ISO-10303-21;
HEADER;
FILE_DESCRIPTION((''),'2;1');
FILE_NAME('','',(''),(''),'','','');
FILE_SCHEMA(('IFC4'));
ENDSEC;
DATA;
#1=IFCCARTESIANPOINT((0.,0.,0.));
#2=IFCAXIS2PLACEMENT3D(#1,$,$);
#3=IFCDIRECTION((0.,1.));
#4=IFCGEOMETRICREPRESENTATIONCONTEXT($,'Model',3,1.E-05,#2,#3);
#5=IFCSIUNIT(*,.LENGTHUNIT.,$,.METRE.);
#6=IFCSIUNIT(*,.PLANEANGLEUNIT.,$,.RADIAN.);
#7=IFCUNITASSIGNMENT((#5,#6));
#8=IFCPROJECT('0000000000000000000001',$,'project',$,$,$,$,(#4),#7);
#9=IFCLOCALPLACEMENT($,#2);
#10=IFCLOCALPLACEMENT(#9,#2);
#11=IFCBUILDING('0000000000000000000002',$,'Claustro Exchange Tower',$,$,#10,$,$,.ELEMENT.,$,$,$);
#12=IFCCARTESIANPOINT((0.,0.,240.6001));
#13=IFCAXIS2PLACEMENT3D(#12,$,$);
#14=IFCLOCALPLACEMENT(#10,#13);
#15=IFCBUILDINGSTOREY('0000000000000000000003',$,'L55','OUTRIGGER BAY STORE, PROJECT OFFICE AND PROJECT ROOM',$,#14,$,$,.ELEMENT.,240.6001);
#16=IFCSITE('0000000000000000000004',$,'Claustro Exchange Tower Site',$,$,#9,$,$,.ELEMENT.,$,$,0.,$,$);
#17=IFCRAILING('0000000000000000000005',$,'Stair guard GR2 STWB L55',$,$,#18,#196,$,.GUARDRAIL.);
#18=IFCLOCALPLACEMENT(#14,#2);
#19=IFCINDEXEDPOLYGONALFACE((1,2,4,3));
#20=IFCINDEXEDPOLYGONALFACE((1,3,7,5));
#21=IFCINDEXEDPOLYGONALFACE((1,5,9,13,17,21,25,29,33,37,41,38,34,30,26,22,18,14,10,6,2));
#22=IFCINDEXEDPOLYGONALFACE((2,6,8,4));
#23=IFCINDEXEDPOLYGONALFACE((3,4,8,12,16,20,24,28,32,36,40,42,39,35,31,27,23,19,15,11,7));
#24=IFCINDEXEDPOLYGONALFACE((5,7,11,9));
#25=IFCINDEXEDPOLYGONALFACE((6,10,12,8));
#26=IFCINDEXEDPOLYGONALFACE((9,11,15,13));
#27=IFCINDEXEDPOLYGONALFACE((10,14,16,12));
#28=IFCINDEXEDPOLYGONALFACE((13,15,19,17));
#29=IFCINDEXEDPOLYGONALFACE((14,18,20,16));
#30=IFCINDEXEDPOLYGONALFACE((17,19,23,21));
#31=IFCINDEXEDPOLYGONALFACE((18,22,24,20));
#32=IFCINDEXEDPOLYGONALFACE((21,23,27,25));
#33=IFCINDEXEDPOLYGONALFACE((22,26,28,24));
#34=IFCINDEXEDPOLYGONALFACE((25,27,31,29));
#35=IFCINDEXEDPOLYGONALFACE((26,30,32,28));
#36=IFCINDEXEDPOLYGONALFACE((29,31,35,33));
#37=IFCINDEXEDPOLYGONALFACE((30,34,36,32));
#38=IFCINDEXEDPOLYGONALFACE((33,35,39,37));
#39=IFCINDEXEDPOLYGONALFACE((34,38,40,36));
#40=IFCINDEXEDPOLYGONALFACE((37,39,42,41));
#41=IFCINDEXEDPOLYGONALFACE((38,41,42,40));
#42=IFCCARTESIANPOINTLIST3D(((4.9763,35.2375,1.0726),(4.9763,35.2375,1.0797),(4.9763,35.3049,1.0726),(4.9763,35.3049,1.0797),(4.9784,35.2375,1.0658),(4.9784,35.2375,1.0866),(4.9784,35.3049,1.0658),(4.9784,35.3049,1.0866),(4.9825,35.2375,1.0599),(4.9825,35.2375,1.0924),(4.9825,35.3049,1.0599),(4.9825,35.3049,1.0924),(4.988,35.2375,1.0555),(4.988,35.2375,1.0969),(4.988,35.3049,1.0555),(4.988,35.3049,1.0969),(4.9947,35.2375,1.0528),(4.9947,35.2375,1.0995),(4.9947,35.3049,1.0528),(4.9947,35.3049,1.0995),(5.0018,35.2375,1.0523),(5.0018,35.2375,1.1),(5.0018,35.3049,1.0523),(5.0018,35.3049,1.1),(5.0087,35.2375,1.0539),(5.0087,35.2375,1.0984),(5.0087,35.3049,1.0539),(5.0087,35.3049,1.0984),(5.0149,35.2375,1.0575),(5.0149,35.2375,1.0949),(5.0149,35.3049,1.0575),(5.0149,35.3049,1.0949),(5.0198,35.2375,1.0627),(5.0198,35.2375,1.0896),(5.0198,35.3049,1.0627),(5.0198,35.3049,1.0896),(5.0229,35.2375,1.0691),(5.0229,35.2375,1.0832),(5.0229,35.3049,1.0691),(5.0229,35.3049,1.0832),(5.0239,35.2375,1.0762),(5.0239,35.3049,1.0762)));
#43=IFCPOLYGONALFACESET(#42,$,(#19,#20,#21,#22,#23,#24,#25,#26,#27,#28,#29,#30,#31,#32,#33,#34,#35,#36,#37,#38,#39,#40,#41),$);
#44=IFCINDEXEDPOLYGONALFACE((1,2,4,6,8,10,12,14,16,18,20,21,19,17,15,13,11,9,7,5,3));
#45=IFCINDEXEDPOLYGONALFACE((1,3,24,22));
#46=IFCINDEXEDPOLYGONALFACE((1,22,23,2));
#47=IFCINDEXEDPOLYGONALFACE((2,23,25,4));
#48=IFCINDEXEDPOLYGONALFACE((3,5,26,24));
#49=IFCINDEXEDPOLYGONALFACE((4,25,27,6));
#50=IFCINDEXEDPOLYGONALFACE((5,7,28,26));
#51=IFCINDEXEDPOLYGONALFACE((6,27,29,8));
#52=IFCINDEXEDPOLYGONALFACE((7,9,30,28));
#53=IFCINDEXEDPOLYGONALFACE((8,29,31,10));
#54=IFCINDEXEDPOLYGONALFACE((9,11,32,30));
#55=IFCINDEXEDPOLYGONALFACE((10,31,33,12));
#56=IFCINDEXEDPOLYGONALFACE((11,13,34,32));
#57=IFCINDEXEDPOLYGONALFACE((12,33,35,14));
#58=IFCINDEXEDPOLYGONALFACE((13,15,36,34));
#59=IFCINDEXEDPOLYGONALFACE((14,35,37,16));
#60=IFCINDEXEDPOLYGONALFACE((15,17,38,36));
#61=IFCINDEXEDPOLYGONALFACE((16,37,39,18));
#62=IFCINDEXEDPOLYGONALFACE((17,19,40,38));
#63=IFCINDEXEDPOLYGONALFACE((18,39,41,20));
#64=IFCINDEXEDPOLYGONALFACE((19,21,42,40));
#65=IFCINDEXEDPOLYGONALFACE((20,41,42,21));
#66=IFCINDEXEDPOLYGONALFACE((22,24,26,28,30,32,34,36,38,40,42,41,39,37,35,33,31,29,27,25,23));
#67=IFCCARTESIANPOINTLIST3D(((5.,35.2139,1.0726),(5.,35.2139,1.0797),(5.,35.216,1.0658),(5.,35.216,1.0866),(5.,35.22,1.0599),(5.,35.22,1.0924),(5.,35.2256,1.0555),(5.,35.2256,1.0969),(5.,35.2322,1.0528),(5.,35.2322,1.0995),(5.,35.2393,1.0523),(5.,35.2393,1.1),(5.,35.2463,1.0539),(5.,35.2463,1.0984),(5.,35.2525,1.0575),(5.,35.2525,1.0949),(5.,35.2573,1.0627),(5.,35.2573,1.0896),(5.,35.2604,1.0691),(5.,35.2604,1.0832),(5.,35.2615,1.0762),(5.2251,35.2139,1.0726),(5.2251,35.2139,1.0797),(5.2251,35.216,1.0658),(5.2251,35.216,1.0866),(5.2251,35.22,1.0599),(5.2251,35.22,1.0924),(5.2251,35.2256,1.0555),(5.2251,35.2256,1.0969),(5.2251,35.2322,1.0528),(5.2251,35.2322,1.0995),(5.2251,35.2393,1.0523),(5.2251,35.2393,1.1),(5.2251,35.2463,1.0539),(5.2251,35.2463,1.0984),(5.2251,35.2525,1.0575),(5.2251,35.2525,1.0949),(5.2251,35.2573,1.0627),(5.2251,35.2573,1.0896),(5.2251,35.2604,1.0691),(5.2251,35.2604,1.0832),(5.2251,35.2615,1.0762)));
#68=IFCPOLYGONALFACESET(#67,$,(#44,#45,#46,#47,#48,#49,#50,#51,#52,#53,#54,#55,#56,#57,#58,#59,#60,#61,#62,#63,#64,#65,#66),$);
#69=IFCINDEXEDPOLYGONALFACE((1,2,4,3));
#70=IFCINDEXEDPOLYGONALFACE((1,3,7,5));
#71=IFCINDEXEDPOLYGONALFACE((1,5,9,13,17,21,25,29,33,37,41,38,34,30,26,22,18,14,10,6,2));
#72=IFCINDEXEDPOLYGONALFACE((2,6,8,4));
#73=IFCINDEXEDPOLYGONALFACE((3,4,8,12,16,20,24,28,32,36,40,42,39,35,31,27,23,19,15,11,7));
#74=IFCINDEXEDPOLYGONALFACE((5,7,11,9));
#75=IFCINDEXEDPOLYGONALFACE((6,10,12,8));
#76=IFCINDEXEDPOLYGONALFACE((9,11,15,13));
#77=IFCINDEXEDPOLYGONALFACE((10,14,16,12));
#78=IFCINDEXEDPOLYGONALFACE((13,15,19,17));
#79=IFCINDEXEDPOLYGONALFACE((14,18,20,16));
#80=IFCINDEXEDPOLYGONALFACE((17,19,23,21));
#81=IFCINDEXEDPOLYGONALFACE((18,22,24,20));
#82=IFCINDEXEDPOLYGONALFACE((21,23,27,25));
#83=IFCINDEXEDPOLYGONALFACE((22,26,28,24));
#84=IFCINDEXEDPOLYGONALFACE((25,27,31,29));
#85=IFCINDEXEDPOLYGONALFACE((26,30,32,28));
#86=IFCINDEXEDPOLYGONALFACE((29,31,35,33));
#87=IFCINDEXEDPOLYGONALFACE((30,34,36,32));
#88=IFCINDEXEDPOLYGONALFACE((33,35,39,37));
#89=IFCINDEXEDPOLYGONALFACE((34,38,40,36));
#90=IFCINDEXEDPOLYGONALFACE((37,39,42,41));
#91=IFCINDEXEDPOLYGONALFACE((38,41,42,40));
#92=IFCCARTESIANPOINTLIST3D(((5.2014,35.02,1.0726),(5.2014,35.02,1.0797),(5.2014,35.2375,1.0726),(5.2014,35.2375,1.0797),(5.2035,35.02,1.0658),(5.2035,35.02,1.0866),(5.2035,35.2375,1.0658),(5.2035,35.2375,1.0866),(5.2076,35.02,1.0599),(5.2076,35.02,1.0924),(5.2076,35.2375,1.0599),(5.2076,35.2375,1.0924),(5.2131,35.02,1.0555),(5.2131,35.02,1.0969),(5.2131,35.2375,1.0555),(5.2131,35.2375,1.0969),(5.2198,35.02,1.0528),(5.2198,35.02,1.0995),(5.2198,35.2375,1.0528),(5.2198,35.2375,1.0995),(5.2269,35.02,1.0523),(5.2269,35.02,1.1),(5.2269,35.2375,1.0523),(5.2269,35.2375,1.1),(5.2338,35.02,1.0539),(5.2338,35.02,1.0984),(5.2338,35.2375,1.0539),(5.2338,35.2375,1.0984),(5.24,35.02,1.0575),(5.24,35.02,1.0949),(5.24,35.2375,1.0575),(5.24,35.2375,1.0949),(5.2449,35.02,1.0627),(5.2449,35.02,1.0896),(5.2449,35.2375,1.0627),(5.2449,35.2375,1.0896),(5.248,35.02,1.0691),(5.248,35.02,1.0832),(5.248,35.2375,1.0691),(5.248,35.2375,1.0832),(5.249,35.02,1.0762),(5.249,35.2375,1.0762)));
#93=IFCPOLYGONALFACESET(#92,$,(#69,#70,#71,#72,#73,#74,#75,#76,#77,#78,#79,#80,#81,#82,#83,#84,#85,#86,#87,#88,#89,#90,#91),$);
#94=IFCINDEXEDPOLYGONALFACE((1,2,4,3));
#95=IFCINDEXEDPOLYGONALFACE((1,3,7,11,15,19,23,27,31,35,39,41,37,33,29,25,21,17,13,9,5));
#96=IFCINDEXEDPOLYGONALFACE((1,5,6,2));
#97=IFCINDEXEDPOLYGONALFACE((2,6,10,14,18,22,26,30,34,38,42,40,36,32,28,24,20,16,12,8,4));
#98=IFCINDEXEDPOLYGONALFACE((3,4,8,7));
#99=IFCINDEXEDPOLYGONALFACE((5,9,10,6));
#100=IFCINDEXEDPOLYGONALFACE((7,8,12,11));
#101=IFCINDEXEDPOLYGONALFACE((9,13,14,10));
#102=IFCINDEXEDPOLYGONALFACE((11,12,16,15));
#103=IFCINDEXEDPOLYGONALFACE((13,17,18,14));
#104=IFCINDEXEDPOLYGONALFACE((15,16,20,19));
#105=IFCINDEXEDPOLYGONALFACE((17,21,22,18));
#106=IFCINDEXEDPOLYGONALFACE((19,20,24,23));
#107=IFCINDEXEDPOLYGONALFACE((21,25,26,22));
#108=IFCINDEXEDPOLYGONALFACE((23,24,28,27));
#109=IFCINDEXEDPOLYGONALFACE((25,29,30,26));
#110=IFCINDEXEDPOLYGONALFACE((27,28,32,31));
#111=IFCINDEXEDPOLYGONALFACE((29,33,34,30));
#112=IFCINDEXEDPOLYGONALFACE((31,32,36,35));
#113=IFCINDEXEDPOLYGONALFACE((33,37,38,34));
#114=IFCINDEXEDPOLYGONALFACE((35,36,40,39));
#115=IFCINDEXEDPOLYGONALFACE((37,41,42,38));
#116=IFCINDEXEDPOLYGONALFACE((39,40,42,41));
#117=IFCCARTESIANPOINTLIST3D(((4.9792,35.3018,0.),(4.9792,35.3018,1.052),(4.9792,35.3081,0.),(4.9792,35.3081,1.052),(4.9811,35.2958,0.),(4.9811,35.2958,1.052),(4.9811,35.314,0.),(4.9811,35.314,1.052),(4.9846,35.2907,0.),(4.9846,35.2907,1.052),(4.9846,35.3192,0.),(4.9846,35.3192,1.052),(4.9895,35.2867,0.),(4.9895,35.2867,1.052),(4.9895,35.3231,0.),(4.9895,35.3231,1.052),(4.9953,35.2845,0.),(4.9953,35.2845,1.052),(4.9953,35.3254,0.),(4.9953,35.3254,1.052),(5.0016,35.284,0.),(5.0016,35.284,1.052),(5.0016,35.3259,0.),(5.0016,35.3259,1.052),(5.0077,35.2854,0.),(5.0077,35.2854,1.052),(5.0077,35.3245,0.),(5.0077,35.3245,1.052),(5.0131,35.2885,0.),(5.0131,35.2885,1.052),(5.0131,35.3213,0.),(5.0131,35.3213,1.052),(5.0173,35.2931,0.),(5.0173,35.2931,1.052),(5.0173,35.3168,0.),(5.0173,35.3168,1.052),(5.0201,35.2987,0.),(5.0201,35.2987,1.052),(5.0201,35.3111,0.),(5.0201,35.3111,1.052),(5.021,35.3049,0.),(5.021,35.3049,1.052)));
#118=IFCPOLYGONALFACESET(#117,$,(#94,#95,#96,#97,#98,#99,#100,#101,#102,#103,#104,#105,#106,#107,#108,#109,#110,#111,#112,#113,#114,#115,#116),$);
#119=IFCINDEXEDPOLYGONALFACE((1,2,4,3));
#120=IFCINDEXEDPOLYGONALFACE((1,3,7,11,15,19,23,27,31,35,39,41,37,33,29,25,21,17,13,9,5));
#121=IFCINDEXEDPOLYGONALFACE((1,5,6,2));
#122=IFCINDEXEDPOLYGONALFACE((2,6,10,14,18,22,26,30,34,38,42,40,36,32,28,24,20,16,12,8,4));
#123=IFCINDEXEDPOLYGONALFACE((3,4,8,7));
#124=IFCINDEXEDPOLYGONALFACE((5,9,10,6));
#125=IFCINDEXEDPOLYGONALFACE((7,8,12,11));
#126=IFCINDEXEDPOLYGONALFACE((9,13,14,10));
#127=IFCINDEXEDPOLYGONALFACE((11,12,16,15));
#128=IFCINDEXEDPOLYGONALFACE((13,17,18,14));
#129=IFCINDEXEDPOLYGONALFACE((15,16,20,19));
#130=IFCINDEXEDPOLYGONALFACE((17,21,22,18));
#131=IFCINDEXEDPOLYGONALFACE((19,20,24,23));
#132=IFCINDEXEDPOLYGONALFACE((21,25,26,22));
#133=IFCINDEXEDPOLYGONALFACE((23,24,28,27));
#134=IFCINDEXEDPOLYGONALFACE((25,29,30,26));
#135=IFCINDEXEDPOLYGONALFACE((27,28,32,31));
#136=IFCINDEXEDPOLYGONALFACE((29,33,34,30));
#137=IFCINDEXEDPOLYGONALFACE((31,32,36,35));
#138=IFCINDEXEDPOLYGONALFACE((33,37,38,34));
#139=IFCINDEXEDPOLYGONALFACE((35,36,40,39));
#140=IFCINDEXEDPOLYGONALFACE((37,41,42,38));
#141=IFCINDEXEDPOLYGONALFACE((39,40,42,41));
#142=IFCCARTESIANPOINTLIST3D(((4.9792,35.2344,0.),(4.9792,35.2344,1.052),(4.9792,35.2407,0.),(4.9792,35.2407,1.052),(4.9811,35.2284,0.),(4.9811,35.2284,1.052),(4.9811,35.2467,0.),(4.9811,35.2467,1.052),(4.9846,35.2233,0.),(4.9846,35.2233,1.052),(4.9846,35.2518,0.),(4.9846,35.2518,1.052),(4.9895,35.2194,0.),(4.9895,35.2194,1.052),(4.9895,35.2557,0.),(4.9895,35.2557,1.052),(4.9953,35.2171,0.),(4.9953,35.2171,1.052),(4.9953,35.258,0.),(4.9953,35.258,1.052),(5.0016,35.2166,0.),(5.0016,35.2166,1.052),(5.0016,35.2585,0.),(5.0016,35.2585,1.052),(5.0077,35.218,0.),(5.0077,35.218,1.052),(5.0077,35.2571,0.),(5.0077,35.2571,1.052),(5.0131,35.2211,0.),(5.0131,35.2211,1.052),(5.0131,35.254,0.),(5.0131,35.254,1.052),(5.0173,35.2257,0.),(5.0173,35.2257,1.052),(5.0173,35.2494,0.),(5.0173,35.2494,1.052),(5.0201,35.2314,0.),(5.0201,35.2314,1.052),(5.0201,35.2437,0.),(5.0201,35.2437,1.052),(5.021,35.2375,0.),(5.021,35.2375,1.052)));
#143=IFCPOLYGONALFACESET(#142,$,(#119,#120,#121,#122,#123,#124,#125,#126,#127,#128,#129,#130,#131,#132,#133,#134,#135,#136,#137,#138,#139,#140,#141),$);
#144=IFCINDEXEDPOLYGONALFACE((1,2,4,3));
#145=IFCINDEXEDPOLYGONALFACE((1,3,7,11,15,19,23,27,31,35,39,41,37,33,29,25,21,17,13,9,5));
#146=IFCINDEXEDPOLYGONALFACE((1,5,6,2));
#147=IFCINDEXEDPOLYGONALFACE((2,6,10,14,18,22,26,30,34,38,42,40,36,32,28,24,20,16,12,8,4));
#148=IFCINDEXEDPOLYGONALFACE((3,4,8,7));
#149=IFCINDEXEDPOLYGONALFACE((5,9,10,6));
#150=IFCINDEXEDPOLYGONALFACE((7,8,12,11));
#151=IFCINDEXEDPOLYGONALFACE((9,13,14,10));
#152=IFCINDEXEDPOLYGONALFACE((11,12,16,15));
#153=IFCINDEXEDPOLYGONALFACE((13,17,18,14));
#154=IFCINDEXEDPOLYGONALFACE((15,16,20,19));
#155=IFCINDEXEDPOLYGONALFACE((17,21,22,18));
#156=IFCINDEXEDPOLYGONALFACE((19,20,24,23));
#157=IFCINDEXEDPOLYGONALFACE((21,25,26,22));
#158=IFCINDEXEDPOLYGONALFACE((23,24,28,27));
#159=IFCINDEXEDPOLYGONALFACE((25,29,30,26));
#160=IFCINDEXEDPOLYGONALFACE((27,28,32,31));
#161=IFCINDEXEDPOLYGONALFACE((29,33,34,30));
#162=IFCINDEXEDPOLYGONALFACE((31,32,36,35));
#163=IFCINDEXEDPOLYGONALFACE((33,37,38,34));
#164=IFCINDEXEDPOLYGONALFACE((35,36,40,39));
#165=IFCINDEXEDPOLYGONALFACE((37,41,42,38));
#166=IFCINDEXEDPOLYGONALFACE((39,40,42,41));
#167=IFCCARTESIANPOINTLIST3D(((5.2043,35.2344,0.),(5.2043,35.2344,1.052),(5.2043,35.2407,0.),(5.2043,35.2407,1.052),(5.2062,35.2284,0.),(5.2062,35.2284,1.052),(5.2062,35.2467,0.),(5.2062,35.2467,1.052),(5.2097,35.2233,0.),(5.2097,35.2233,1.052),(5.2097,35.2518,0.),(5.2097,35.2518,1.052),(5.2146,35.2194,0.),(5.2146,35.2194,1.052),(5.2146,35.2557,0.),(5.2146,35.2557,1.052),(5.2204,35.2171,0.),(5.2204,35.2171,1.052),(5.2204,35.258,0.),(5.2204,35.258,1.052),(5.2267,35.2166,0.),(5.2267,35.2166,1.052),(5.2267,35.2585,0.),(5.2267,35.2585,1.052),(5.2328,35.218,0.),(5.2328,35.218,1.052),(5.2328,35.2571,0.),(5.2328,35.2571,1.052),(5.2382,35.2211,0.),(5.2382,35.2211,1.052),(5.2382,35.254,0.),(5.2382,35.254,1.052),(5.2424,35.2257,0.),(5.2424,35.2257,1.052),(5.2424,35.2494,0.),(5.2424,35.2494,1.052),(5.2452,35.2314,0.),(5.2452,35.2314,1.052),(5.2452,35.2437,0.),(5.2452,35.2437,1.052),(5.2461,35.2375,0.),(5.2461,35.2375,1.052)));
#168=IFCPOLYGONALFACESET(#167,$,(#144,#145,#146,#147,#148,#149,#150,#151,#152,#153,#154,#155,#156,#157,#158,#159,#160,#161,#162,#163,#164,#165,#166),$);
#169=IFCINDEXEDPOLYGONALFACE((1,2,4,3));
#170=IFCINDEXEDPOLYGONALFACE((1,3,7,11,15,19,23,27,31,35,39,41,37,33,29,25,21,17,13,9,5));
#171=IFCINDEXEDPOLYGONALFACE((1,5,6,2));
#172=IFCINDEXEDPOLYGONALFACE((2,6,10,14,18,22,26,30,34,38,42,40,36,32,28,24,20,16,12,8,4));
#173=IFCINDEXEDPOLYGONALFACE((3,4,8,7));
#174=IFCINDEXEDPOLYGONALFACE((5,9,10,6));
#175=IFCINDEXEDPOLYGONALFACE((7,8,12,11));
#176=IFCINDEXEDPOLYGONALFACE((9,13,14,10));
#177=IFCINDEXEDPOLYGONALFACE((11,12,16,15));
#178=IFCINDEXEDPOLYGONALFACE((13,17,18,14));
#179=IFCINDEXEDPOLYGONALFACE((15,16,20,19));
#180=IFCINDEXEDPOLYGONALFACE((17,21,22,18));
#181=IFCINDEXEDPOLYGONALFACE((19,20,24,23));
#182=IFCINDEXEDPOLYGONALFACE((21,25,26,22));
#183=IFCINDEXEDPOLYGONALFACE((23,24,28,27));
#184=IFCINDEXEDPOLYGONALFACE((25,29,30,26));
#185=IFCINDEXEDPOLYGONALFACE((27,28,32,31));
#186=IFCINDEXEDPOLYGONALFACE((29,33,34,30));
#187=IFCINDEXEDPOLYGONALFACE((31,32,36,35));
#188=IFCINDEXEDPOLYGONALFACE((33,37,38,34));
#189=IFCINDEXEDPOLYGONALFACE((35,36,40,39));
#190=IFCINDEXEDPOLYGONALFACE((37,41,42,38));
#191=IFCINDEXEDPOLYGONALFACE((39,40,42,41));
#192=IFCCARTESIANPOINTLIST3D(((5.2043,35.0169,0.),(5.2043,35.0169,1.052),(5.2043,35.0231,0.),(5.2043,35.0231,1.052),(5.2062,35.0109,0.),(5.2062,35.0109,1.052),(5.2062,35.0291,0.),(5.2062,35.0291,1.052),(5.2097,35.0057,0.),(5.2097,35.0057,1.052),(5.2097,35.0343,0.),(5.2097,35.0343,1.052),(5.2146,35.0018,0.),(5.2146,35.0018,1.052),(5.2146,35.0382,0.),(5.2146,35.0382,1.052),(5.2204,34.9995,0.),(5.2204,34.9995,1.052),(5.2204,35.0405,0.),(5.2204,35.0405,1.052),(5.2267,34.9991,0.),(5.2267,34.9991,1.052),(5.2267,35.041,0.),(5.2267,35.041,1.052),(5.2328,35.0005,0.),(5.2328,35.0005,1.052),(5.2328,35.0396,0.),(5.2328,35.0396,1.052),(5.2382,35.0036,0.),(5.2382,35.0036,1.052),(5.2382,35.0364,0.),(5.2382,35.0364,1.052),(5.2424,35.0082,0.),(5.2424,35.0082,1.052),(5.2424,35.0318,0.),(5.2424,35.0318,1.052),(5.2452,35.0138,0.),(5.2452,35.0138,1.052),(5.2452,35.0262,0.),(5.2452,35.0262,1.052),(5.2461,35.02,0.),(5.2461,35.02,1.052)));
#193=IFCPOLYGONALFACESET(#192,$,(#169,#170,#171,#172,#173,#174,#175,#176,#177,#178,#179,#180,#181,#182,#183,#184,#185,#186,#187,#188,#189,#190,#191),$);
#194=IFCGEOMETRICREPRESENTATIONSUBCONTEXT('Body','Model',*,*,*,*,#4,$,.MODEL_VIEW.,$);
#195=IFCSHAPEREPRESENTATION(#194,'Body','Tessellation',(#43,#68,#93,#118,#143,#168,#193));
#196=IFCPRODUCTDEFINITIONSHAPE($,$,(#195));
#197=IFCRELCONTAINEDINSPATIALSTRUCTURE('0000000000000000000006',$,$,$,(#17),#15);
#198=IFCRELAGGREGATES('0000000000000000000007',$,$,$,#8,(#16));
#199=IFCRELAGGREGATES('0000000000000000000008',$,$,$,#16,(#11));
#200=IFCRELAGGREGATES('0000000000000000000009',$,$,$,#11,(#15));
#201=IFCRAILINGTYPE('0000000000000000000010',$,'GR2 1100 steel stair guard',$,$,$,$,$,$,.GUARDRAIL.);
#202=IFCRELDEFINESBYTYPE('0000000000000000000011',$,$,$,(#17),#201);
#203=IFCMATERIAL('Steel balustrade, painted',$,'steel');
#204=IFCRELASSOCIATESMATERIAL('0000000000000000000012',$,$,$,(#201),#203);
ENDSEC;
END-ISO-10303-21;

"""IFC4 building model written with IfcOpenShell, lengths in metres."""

from ifc_helpers import new_model, si_unit, direction, frame, origin, origin_2d, place, context, subcontext, project, spatial, circle, extrude, material, type_object, element, save


model = new_model("IFC4")

# Units and contexts
model_context = context("Model", 3, precision=1e-05, world=origin(), true_north=direction((0.0, 1.0)))
body_context = subcontext(model_context, "Body", "Model", "MODEL_VIEW")
ifc_project = project(units=[si_unit("LENGTHUNIT", "METRE"), si_unit("PLANEANGLEUNIT", "RADIAN")], contexts=[model_context])

# Site, building, storey
site_placement = place(None, origin())
site = spatial("IfcSite", under=ifc_project, at=site_placement, Name="Claustro Exchange Tower Site", CompositionType="ELEMENT", RefElevation=0.0)
building_placement = place(site_placement, origin())
building = spatial("IfcBuilding", under=site, at=building_placement, Name="Claustro Exchange Tower", CompositionType="ELEMENT")
storey_placement = place(building_placement, frame((0.0, 0.0, 240.6001)))
storey = spatial("IfcBuildingStorey", under=building, at=storey_placement, Name="L55", Description="OUTRIGGER BAY STORE, PROJECT OFFICE AND PROJECT ROOM", CompositionType="ELEMENT", Elevation=240.6001)

# Railing
ifc_material_1 = material(Name="Steel balustrade, painted", Category="steel")
railing_type_1 = type_object("IfcRailingType", Name="GR2 1100 steel stair guard", PredefinedType="GUARDRAIL", material=ifc_material_1)
railing_1_placement = place(storey_placement, frame((5.0, 35.3049, 0.0)))
element("IfcRailing", 1, at=railing_1_placement, inside=storey, type_object=railing_type_1, Name="Stair guard GR2 STWB L55", PredefinedType="GUARDRAIL", context=body_context, shape_type="SweptSolid", body=[
    extrude(circle(Radius=0.0239, at=origin_2d()), frame((0.0, 0.0, 1.0762), z_axis=(0.0, -1.0, 0.0), x_axis=(1.0, 0.0, 0.0)), (0.0, 0.0, 1.0), 0.0674),
    extrude(circle(Radius=0.0239, at=origin_2d()), frame((0.0, -0.0674, 1.0762), z_axis=(1.0, 0.0, 0.0), x_axis=(0.0, 1.0, 0.0)), (0.0, 0.0, 1.0), 0.2251),
    extrude(circle(Radius=0.0239, at=origin_2d()), frame((0.2251, -0.0674, 1.0762), z_axis=(0.0, -1.0, 0.0), x_axis=(1.0, 0.0, 0.0)), (0.0, 0.0, 1.0), 0.2175),
    extrude(circle(Radius=0.021, at=origin_2d()), origin(), (0.0, 0.0, 1.0), 1.052),
    extrude(circle(Radius=0.021, at=origin_2d()), frame((0.0, -0.0674, 0.0)), (0.0, 0.0, 1.0), 1.052),
    extrude(circle(Radius=0.021, at=origin_2d()), frame((0.2251, -0.0674, 0.0)), (0.0, 0.0, 1.0), 1.052),
    extrude(circle(Radius=0.021, at=origin_2d()), frame((0.2251, -0.2849, 0.0)), (0.0, 0.0, 1.0), 1.052),
])

save(model, "model.ifc")
